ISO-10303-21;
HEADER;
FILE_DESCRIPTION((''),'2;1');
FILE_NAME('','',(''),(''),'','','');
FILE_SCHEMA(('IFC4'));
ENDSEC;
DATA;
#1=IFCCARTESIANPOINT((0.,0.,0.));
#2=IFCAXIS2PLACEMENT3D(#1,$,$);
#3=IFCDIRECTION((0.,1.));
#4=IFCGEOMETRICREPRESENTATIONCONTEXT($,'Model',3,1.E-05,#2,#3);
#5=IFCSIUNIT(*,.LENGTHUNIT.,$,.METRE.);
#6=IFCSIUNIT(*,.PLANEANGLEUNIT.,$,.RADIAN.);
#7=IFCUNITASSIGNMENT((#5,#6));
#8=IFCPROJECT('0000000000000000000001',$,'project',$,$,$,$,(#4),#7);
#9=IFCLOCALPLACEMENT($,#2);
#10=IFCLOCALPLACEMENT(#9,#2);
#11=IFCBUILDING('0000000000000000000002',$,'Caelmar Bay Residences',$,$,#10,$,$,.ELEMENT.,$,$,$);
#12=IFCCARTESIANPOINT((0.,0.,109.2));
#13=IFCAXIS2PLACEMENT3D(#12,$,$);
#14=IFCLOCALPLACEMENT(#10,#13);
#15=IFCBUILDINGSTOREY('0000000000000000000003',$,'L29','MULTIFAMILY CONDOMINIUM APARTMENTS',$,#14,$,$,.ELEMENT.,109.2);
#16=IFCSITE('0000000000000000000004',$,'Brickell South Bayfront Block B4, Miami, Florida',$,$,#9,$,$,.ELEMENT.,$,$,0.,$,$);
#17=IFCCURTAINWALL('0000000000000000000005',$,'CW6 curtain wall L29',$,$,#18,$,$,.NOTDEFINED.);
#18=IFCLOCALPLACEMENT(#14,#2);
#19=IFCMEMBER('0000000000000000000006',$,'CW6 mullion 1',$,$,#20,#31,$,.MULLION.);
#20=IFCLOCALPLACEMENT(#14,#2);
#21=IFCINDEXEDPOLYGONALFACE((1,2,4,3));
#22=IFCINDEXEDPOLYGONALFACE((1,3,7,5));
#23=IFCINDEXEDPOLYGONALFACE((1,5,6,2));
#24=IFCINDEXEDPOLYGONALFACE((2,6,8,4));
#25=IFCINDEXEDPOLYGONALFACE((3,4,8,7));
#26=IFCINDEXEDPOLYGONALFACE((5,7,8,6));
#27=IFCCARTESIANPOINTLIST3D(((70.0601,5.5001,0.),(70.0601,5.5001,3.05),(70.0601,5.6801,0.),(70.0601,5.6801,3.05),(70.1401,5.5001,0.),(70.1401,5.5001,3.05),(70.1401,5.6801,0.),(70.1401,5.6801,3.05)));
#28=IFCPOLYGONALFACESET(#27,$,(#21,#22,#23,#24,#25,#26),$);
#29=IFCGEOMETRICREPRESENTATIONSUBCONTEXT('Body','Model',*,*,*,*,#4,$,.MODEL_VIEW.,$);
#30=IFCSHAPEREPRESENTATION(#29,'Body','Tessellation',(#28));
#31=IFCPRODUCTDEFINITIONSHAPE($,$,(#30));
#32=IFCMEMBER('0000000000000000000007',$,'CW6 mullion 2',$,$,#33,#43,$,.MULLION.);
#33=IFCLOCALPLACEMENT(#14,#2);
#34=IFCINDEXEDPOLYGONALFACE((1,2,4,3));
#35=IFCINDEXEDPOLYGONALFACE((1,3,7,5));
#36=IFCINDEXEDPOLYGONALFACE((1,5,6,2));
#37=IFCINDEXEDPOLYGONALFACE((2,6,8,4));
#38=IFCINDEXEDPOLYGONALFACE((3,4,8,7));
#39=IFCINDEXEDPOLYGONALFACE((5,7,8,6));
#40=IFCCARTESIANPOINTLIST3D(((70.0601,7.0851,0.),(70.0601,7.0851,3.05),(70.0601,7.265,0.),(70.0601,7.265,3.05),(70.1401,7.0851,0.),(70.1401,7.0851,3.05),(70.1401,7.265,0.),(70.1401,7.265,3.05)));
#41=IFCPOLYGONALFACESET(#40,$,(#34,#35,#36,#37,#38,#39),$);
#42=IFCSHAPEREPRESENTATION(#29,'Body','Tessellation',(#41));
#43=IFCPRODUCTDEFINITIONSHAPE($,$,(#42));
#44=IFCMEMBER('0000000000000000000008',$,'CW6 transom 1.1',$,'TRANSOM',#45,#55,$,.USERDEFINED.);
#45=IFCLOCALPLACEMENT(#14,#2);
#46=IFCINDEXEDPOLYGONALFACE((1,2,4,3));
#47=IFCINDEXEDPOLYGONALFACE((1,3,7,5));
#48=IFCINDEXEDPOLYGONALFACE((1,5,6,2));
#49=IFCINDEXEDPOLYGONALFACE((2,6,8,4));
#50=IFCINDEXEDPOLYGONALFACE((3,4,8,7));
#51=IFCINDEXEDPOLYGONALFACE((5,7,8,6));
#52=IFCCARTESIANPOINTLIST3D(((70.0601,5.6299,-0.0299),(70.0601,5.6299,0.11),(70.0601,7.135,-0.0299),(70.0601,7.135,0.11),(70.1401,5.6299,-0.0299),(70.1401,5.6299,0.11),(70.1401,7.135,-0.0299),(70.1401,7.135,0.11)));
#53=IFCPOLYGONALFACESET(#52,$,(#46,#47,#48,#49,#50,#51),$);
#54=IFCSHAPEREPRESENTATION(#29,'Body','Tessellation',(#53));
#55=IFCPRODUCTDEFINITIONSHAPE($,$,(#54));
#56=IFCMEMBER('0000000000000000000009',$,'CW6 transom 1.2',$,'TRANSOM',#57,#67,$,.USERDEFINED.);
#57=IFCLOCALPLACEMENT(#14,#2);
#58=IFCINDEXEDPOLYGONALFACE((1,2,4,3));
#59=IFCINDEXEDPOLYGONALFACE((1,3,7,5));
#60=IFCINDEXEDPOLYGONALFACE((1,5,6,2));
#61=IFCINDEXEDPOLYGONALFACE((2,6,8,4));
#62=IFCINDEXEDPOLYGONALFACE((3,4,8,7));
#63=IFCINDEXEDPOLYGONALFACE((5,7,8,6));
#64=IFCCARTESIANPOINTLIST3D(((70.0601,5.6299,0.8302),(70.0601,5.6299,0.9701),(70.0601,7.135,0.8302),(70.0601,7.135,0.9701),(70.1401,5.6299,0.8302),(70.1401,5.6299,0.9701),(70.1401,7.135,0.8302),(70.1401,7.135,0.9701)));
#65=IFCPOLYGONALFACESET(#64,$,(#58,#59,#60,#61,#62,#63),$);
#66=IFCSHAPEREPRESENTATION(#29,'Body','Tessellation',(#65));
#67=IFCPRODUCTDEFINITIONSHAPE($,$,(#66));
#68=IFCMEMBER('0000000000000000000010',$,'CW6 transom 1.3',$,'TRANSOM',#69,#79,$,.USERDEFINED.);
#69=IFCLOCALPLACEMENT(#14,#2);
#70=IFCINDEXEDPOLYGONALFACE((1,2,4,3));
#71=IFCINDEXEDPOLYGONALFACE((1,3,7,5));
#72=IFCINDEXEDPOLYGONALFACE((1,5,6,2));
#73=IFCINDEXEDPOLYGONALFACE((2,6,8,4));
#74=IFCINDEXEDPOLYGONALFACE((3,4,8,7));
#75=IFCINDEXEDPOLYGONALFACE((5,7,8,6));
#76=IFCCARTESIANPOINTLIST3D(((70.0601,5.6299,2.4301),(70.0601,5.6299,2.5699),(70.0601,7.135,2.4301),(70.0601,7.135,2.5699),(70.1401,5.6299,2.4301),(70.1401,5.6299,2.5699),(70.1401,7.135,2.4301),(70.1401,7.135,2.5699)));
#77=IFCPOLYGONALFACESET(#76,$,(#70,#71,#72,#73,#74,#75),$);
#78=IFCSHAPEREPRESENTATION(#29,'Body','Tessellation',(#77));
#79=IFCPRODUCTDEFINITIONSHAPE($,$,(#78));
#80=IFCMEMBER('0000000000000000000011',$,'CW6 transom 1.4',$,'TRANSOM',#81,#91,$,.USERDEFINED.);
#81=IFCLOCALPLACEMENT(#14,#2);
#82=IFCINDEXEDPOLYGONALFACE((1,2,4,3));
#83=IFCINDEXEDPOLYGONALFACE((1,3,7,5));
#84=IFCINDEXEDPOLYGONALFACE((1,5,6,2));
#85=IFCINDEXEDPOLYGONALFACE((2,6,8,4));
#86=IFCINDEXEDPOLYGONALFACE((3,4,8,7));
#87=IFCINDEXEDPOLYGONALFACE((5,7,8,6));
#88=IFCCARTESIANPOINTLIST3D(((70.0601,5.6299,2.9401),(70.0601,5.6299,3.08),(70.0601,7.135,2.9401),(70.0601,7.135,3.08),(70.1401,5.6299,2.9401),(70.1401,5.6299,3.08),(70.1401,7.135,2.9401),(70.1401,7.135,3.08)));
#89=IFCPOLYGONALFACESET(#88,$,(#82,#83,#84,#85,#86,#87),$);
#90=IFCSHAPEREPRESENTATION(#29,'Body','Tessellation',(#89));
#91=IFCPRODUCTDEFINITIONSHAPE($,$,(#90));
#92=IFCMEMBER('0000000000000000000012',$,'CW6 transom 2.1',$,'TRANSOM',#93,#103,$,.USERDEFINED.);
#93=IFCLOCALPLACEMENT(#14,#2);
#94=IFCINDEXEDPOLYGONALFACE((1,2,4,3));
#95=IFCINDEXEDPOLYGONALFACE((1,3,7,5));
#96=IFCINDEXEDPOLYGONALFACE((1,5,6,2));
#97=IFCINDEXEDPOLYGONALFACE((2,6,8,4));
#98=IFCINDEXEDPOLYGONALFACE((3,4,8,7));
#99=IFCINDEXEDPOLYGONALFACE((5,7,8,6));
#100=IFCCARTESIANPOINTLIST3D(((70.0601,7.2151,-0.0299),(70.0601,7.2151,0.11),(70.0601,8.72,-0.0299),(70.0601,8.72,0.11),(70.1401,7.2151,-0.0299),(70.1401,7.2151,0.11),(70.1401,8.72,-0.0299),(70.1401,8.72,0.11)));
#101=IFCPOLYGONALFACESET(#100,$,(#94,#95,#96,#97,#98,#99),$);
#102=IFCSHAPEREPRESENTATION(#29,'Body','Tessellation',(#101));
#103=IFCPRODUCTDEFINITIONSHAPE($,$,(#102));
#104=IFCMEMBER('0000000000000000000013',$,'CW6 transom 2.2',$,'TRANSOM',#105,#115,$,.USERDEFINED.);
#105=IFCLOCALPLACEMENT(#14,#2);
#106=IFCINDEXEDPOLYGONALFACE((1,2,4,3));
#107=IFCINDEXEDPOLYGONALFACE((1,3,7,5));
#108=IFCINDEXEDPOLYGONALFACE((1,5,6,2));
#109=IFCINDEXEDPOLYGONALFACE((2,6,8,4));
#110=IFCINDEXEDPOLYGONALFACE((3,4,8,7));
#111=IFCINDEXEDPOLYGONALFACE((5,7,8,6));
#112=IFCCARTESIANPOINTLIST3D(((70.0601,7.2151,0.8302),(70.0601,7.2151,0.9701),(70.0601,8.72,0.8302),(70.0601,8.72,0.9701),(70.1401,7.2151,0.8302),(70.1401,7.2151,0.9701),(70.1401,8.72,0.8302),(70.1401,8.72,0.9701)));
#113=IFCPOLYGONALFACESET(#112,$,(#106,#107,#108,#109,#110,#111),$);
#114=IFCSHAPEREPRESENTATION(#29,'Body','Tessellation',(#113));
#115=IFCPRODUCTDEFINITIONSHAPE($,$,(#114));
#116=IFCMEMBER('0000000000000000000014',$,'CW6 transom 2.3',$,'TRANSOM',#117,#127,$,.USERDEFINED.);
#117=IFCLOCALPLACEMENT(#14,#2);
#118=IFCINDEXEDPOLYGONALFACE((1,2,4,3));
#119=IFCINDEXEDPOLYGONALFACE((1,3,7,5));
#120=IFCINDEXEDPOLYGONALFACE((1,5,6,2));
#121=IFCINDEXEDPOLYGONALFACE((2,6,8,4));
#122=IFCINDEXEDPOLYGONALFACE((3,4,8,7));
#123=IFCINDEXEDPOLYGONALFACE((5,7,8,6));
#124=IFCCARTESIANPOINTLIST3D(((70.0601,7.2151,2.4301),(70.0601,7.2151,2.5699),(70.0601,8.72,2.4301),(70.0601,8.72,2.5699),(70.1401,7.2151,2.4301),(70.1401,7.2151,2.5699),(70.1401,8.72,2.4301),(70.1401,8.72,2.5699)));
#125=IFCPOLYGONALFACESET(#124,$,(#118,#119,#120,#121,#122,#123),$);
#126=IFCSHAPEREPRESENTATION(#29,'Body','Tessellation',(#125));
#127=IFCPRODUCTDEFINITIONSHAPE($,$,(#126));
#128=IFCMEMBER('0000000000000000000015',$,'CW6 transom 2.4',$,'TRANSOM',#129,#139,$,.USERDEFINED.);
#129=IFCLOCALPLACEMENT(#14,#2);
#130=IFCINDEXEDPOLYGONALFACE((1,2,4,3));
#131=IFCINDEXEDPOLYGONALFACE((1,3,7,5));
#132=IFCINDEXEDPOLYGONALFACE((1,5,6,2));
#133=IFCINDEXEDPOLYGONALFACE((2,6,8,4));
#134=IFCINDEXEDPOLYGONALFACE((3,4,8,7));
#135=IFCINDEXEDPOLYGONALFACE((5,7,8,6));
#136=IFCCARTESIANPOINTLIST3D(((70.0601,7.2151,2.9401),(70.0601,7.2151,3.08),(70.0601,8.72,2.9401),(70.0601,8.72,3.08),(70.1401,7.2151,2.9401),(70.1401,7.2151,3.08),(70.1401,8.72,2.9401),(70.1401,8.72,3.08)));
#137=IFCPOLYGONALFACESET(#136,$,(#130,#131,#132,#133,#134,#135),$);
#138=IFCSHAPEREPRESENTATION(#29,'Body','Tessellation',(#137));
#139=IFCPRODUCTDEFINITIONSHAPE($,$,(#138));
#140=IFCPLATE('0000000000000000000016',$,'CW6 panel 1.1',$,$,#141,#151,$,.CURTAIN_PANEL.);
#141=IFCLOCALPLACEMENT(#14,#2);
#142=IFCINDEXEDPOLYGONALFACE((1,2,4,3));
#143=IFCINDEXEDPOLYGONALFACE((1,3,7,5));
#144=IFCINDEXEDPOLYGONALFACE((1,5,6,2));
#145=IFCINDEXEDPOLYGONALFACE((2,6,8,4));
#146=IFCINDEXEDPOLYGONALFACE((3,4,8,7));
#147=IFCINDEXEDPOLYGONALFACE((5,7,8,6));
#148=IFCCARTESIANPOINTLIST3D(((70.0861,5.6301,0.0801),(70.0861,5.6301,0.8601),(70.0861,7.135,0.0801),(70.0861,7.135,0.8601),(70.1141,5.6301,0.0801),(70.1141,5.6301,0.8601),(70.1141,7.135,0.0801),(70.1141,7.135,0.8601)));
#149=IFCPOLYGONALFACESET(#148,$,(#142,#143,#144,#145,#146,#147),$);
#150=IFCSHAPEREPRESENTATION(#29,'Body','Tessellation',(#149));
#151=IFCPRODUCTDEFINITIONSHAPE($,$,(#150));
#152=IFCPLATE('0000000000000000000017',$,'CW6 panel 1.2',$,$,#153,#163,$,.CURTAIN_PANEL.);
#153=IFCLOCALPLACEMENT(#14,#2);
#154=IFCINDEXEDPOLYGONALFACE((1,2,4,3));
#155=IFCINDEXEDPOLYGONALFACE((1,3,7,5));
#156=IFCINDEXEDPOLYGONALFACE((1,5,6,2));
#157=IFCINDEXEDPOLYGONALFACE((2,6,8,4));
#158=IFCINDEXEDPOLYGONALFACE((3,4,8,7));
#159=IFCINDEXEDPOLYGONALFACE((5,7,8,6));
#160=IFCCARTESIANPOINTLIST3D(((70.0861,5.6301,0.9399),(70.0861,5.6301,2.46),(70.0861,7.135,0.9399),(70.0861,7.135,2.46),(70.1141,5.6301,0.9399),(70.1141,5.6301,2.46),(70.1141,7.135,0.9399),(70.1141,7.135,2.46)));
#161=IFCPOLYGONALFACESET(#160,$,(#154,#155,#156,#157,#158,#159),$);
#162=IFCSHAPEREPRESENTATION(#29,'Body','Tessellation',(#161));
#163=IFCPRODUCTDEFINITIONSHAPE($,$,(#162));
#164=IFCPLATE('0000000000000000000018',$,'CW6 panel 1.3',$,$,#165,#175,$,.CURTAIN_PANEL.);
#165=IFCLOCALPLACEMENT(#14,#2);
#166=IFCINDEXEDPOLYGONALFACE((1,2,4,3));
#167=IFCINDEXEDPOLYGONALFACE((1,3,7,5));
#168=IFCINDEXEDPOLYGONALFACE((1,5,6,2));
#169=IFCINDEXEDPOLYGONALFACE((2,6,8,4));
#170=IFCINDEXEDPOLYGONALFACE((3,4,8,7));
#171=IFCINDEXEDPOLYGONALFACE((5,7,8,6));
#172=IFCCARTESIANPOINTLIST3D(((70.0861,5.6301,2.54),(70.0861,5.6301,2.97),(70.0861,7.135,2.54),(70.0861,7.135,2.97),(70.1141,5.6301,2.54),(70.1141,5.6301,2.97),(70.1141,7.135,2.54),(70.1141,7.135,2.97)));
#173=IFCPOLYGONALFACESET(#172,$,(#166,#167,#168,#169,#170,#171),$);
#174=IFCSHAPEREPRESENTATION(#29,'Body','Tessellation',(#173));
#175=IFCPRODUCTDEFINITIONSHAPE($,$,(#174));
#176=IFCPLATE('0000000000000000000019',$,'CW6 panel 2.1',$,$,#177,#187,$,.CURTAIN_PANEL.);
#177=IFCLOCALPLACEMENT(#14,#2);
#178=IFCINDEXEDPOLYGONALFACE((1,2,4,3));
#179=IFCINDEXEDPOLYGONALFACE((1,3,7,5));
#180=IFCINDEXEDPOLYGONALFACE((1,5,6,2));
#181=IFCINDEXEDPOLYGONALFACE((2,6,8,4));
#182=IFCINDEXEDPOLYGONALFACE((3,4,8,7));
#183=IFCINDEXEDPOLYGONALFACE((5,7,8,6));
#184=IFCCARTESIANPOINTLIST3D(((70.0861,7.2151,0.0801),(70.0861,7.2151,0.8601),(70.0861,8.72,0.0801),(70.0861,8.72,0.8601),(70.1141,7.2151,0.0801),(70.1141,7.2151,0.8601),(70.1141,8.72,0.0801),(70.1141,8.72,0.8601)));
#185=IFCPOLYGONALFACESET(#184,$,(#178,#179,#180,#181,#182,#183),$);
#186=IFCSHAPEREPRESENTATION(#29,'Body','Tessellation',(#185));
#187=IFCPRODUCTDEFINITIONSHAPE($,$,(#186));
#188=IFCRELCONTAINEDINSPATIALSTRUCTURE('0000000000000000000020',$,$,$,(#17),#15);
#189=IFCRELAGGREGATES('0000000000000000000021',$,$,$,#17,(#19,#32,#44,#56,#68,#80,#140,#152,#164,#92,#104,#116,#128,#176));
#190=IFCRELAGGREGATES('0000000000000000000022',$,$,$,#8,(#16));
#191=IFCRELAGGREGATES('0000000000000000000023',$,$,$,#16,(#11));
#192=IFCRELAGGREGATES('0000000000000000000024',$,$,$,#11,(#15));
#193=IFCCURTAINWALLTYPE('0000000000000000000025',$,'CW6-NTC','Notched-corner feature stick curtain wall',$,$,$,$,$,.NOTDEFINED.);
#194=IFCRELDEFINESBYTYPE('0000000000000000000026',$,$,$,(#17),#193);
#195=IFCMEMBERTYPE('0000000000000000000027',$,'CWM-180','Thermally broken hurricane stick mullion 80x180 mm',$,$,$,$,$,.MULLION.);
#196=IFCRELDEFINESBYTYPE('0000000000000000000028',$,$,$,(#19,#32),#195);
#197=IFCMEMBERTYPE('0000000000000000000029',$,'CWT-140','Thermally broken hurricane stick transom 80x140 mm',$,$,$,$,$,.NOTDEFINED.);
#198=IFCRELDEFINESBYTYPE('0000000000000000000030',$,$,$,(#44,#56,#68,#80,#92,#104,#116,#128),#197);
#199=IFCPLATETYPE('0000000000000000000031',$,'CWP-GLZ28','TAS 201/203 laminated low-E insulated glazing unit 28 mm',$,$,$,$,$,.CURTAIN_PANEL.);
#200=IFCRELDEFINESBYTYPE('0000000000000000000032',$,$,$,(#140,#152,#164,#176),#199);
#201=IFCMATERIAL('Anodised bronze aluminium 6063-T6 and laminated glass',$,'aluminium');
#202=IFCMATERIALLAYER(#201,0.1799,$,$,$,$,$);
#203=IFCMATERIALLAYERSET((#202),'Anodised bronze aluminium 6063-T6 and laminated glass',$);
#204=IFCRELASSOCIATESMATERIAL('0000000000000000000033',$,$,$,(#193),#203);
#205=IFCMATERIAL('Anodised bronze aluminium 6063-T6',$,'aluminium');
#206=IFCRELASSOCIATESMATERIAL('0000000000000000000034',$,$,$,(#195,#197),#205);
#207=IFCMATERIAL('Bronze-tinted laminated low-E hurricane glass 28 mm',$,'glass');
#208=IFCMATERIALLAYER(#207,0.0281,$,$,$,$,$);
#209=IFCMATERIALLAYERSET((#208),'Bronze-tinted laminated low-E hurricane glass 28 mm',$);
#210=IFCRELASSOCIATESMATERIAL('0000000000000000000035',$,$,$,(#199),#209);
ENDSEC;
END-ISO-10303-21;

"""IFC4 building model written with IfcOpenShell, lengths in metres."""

from ifc_helpers import new_model, si_unit, direction, frame, origin, origin_2d, place, context, subcontext, project, spatial, rectangle, extrude, material, layer, layer_set, material_profile, profile_set, type_object, element, aggregate, save


model = new_model("IFC4")

# Units and contexts
model_context = context("Model", 3, precision=1e-05, world=origin(), true_north=direction((0.0, 1.0)))
body_context = subcontext(model_context, "Body", "Model", "MODEL_VIEW")
ifc_project = project(units=[si_unit("LENGTHUNIT", "METRE"), si_unit("PLANEANGLEUNIT", "RADIAN")], contexts=[model_context])

# Site, building, storey
site_placement = place(None, origin())
site = spatial("IfcSite", under=ifc_project, at=site_placement, Name="Brickell South Bayfront Block B4, Miami, Florida", CompositionType="ELEMENT", RefElevation=0.0)
building_placement = place(site_placement, origin())
building = spatial("IfcBuilding", under=site, at=building_placement, Name="Caelmar Bay Residences", CompositionType="ELEMENT")
storey_placement = place(building_placement, frame((0.0, 0.0, 109.2)))
storey = spatial("IfcBuildingStorey", under=building, at=storey_placement, Name="L29", Description="MULTIFAMILY CONDOMINIUM APARTMENTS", CompositionType="ELEMENT", Elevation=109.2)

# Curtain wall, members, plates
ifc_material_1 = material(Name="Anodised bronze aluminium 6063-T6 and laminated glass", Category="aluminium")
ifc_layer_1 = layer(ifc_material_1, 0.1799)
ifc_layer_set_1 = layer_set([ifc_layer_1], Name="Anodised bronze aluminium 6063-T6 and laminated glass")
curtain_wall_type = type_object("IfcCurtainWallType", Name="CW6-NTC", Description="Notched-corner feature stick curtain wall", PredefinedType="NOTDEFINED", material=ifc_layer_set_1)
curtain_wall_placement = place(storey_placement, origin())
curtain_wall = element("IfcCurtainWall", 1, at=curtain_wall_placement, inside=storey, type_object=curtain_wall_type, Name="CW6 curtain wall L29", PredefinedType="NOTDEFINED")
ifc_material_2 = material(Name="Anodised bronze aluminium 6063-T6", Category="aluminium")
ifc_material_profile_1 = material_profile(ifc_material_2, rectangle(XDim=0.0801, YDim=0.1799, at=origin_2d()), Name="CWM-80X180")
ifc_profile_set_1 = profile_set([ifc_material_profile_1], Name="Anodised bronze aluminium 6063-T6")
member_type_1 = type_object("IfcMemberType", Name="CWM-180", Description="Thermally broken hurricane stick mullion 80x180 mm", PredefinedType="MULLION", material=ifc_profile_set_1)
member_1_placement = place(storey_placement, frame((70.1001, 5.5901, 0.0), z_axis=(0.0, 0.0, 1.0), x_axis=(-1.0, 0.0, 0.0)))
member_1 = element("IfcMember", 2, at=member_1_placement, type_object=member_type_1, Name="CW6 mullion 1", PredefinedType="MULLION", context=body_context, shape_type="SweptSolid", body=[
    extrude(rectangle(XDim=0.0801, YDim=0.1799, at=origin_2d()), origin(), (0.0, 0.0, 1.0), 3.05),
])
member_2_placement = place(storey_placement, frame((70.1001, 7.175, 0.0), z_axis=(0.0, 0.0, 1.0), x_axis=(-1.0, 0.0, 0.0)))
member_2 = element("IfcMember", 3, at=member_2_placement, type_object=member_type_1, Name="CW6 mullion 2", PredefinedType="MULLION", context=body_context, shape_type="SweptSolid", body=[
    extrude(rectangle(XDim=0.0801, YDim=0.1799, at=origin_2d()), origin(), (0.0, 0.0, 1.0), 3.05),
])
ifc_material_profile_2 = material_profile(ifc_material_2, rectangle(XDim=0.0801, YDim=0.1399, at=origin_2d()), Name="CWT-80X140")
ifc_profile_set_2 = profile_set([ifc_material_profile_2], Name="Anodised bronze aluminium 6063-T6")
member_type_2 = type_object("IfcMemberType", Name="CWT-140", Description="Thermally broken hurricane stick transom 80x140 mm", PredefinedType="NOTDEFINED", material=ifc_profile_set_2)
member_3_placement = place(storey_placement, frame((70.1001, 5.6299, 0.04), z_axis=(0.0, 1.0, 0.0), x_axis=(-1.0, 0.0, 0.0)))
member_3 = element("IfcMember", 4, at=member_3_placement, type_object=member_type_2, Name="CW6 transom 1.1", ObjectType="TRANSOM", PredefinedType="USERDEFINED", context=body_context, shape_type="SweptSolid", body=[
    extrude(rectangle(XDim=0.0801, YDim=0.1399, at=origin_2d()), origin(), (0.0, 0.0, 1.0), 1.5051),
])
member_4_placement = place(storey_placement, frame((70.1001, 5.6299, 0.9001), z_axis=(0.0, 1.0, 0.0), x_axis=(-1.0, 0.0, 0.0)))
member_4 = element("IfcMember", 5, at=member_4_placement, type_object=member_type_2, Name="CW6 transom 1.2", ObjectType="TRANSOM", PredefinedType="USERDEFINED", context=body_context, shape_type="SweptSolid", body=[
    extrude(rectangle(XDim=0.0801, YDim=0.1399, at=origin_2d()), origin(), (0.0, 0.0, 1.0), 1.5051),
])
member_5_placement = place(storey_placement, frame((70.1001, 5.6299, 2.5), z_axis=(0.0, 1.0, 0.0), x_axis=(-1.0, 0.0, 0.0)))
member_5 = element("IfcMember", 6, at=member_5_placement, type_object=member_type_2, Name="CW6 transom 1.3", ObjectType="TRANSOM", PredefinedType="USERDEFINED", context=body_context, shape_type="SweptSolid", body=[
    extrude(rectangle(XDim=0.0801, YDim=0.1399, at=origin_2d()), origin(), (0.0, 0.0, 1.0), 1.5051),
])
member_6_placement = place(storey_placement, frame((70.1001, 5.6299, 3.01), z_axis=(0.0, 1.0, 0.0), x_axis=(-1.0, 0.0, 0.0)))
member_6 = element("IfcMember", 7, at=member_6_placement, type_object=member_type_2, Name="CW6 transom 1.4", ObjectType="TRANSOM", PredefinedType="USERDEFINED", context=body_context, shape_type="SweptSolid", body=[
    extrude(rectangle(XDim=0.0801, YDim=0.1399, at=origin_2d()), origin(), (0.0, 0.0, 1.0), 1.5051),
])
member_7_placement = place(storey_placement, frame((70.1001, 7.2151, 0.04), z_axis=(0.0, 1.0, 0.0), x_axis=(-1.0, 0.0, 0.0)))
member_7 = element("IfcMember", 8, at=member_7_placement, type_object=member_type_2, Name="CW6 transom 2.1", ObjectType="TRANSOM", PredefinedType="USERDEFINED", context=body_context, shape_type="SweptSolid", body=[
    extrude(rectangle(XDim=0.0801, YDim=0.1399, at=origin_2d()), origin(), (0.0, 0.0, 1.0), 1.5049),
])
member_8_placement = place(storey_placement, frame((70.1001, 7.2151, 0.9001), z_axis=(0.0, 1.0, 0.0), x_axis=(-1.0, 0.0, 0.0)))
member_8 = element("IfcMember", 9, at=member_8_placement, type_object=member_type_2, Name="CW6 transom 2.2", ObjectType="TRANSOM", PredefinedType="USERDEFINED", context=body_context, shape_type="SweptSolid", body=[
    extrude(rectangle(XDim=0.0801, YDim=0.1399, at=origin_2d()), origin(), (0.0, 0.0, 1.0), 1.5049),
])
member_9_placement = place(storey_placement, frame((70.1001, 7.2151, 2.5), z_axis=(0.0, 1.0, 0.0), x_axis=(-1.0, 0.0, 0.0)))
member_9 = element("IfcMember", 10, at=member_9_placement, type_object=member_type_2, Name="CW6 transom 2.3", ObjectType="TRANSOM", PredefinedType="USERDEFINED", context=body_context, shape_type="SweptSolid", body=[
    extrude(rectangle(XDim=0.0801, YDim=0.1399, at=origin_2d()), origin(), (0.0, 0.0, 1.0), 1.5049),
])
member_10_placement = place(storey_placement, frame((70.1001, 7.2151, 3.01), z_axis=(0.0, 1.0, 0.0), x_axis=(-1.0, 0.0, 0.0)))
member_10 = element("IfcMember", 11, at=member_10_placement, type_object=member_type_2, Name="CW6 transom 2.4", ObjectType="TRANSOM", PredefinedType="USERDEFINED", context=body_context, shape_type="SweptSolid", body=[
    extrude(rectangle(XDim=0.0801, YDim=0.1399, at=origin_2d()), origin(), (0.0, 0.0, 1.0), 1.5049),
])
ifc_material_3 = material(Name="Bronze-tinted laminated low-E hurricane glass 28 mm", Category="glass")
ifc_layer_2 = layer(ifc_material_3, 0.0281)
ifc_layer_set_2 = layer_set([ifc_layer_2], Name="Bronze-tinted laminated low-E hurricane glass 28 mm")
plate_type = type_object("IfcPlateType", Name="CWP-GLZ28", Description="TAS 201/203 laminated low-E insulated glazing unit 28 mm", PredefinedType="CURTAIN_PANEL", material=ifc_layer_set_2)
plate_1_placement = place(storey_placement, frame((70.1001, 6.3826, 0.0801), z_axis=(0.0, 0.0, 1.0), x_axis=(0.0, 1.0, 0.0)))
plate_1 = element("IfcPlate", 12, at=plate_1_placement, type_object=plate_type, Name="CW6 panel 1.1", PredefinedType="CURTAIN_PANEL", context=body_context, shape_type="SweptSolid", body=[
    extrude(rectangle(XDim=1.5049, YDim=0.0281, at=origin_2d()), origin(), (0.0, 0.0, 1.0), 0.78),
])
plate_2_placement = place(storey_placement, frame((70.1001, 6.3826, 0.9399), z_axis=(0.0, 0.0, 1.0), x_axis=(0.0, 1.0, 0.0)))
plate_2 = element("IfcPlate", 13, at=plate_2_placement, type_object=plate_type, Name="CW6 panel 1.2", PredefinedType="CURTAIN_PANEL", context=body_context, shape_type="SweptSolid", body=[
    extrude(rectangle(XDim=1.5049, YDim=0.0281, at=origin_2d()), origin(), (0.0, 0.0, 1.0), 1.52),
])
plate_3_placement = place(storey_placement, frame((70.1001, 6.3826, 2.54), z_axis=(0.0, 0.0, 1.0), x_axis=(0.0, 1.0, 0.0)))
plate_3 = element("IfcPlate", 14, at=plate_3_placement, type_object=plate_type, Name="CW6 panel 1.3", PredefinedType="CURTAIN_PANEL", context=body_context, shape_type="SweptSolid", body=[
    extrude(rectangle(XDim=1.5049, YDim=0.0281, at=origin_2d()), origin(), (0.0, 0.0, 1.0), 0.4299),
])
plate_4_placement = place(storey_placement, frame((70.1001, 7.9675, 0.0801), z_axis=(0.0, 0.0, 1.0), x_axis=(0.0, 1.0, 0.0)))
plate_4 = element("IfcPlate", 15, at=plate_4_placement, type_object=plate_type, Name="CW6 panel 2.1", PredefinedType="CURTAIN_PANEL", context=body_context, shape_type="SweptSolid", body=[
    extrude(rectangle(XDim=1.5049, YDim=0.0281, at=origin_2d()), origin(), (0.0, 0.0, 1.0), 0.78),
])
aggregate(curtain_wall, [member_1, member_2, member_3, member_4, member_5, member_6, plate_1, plate_2, plate_3, member_7, member_8, member_9, member_10, plate_4])

save(model, "model.ifc")
